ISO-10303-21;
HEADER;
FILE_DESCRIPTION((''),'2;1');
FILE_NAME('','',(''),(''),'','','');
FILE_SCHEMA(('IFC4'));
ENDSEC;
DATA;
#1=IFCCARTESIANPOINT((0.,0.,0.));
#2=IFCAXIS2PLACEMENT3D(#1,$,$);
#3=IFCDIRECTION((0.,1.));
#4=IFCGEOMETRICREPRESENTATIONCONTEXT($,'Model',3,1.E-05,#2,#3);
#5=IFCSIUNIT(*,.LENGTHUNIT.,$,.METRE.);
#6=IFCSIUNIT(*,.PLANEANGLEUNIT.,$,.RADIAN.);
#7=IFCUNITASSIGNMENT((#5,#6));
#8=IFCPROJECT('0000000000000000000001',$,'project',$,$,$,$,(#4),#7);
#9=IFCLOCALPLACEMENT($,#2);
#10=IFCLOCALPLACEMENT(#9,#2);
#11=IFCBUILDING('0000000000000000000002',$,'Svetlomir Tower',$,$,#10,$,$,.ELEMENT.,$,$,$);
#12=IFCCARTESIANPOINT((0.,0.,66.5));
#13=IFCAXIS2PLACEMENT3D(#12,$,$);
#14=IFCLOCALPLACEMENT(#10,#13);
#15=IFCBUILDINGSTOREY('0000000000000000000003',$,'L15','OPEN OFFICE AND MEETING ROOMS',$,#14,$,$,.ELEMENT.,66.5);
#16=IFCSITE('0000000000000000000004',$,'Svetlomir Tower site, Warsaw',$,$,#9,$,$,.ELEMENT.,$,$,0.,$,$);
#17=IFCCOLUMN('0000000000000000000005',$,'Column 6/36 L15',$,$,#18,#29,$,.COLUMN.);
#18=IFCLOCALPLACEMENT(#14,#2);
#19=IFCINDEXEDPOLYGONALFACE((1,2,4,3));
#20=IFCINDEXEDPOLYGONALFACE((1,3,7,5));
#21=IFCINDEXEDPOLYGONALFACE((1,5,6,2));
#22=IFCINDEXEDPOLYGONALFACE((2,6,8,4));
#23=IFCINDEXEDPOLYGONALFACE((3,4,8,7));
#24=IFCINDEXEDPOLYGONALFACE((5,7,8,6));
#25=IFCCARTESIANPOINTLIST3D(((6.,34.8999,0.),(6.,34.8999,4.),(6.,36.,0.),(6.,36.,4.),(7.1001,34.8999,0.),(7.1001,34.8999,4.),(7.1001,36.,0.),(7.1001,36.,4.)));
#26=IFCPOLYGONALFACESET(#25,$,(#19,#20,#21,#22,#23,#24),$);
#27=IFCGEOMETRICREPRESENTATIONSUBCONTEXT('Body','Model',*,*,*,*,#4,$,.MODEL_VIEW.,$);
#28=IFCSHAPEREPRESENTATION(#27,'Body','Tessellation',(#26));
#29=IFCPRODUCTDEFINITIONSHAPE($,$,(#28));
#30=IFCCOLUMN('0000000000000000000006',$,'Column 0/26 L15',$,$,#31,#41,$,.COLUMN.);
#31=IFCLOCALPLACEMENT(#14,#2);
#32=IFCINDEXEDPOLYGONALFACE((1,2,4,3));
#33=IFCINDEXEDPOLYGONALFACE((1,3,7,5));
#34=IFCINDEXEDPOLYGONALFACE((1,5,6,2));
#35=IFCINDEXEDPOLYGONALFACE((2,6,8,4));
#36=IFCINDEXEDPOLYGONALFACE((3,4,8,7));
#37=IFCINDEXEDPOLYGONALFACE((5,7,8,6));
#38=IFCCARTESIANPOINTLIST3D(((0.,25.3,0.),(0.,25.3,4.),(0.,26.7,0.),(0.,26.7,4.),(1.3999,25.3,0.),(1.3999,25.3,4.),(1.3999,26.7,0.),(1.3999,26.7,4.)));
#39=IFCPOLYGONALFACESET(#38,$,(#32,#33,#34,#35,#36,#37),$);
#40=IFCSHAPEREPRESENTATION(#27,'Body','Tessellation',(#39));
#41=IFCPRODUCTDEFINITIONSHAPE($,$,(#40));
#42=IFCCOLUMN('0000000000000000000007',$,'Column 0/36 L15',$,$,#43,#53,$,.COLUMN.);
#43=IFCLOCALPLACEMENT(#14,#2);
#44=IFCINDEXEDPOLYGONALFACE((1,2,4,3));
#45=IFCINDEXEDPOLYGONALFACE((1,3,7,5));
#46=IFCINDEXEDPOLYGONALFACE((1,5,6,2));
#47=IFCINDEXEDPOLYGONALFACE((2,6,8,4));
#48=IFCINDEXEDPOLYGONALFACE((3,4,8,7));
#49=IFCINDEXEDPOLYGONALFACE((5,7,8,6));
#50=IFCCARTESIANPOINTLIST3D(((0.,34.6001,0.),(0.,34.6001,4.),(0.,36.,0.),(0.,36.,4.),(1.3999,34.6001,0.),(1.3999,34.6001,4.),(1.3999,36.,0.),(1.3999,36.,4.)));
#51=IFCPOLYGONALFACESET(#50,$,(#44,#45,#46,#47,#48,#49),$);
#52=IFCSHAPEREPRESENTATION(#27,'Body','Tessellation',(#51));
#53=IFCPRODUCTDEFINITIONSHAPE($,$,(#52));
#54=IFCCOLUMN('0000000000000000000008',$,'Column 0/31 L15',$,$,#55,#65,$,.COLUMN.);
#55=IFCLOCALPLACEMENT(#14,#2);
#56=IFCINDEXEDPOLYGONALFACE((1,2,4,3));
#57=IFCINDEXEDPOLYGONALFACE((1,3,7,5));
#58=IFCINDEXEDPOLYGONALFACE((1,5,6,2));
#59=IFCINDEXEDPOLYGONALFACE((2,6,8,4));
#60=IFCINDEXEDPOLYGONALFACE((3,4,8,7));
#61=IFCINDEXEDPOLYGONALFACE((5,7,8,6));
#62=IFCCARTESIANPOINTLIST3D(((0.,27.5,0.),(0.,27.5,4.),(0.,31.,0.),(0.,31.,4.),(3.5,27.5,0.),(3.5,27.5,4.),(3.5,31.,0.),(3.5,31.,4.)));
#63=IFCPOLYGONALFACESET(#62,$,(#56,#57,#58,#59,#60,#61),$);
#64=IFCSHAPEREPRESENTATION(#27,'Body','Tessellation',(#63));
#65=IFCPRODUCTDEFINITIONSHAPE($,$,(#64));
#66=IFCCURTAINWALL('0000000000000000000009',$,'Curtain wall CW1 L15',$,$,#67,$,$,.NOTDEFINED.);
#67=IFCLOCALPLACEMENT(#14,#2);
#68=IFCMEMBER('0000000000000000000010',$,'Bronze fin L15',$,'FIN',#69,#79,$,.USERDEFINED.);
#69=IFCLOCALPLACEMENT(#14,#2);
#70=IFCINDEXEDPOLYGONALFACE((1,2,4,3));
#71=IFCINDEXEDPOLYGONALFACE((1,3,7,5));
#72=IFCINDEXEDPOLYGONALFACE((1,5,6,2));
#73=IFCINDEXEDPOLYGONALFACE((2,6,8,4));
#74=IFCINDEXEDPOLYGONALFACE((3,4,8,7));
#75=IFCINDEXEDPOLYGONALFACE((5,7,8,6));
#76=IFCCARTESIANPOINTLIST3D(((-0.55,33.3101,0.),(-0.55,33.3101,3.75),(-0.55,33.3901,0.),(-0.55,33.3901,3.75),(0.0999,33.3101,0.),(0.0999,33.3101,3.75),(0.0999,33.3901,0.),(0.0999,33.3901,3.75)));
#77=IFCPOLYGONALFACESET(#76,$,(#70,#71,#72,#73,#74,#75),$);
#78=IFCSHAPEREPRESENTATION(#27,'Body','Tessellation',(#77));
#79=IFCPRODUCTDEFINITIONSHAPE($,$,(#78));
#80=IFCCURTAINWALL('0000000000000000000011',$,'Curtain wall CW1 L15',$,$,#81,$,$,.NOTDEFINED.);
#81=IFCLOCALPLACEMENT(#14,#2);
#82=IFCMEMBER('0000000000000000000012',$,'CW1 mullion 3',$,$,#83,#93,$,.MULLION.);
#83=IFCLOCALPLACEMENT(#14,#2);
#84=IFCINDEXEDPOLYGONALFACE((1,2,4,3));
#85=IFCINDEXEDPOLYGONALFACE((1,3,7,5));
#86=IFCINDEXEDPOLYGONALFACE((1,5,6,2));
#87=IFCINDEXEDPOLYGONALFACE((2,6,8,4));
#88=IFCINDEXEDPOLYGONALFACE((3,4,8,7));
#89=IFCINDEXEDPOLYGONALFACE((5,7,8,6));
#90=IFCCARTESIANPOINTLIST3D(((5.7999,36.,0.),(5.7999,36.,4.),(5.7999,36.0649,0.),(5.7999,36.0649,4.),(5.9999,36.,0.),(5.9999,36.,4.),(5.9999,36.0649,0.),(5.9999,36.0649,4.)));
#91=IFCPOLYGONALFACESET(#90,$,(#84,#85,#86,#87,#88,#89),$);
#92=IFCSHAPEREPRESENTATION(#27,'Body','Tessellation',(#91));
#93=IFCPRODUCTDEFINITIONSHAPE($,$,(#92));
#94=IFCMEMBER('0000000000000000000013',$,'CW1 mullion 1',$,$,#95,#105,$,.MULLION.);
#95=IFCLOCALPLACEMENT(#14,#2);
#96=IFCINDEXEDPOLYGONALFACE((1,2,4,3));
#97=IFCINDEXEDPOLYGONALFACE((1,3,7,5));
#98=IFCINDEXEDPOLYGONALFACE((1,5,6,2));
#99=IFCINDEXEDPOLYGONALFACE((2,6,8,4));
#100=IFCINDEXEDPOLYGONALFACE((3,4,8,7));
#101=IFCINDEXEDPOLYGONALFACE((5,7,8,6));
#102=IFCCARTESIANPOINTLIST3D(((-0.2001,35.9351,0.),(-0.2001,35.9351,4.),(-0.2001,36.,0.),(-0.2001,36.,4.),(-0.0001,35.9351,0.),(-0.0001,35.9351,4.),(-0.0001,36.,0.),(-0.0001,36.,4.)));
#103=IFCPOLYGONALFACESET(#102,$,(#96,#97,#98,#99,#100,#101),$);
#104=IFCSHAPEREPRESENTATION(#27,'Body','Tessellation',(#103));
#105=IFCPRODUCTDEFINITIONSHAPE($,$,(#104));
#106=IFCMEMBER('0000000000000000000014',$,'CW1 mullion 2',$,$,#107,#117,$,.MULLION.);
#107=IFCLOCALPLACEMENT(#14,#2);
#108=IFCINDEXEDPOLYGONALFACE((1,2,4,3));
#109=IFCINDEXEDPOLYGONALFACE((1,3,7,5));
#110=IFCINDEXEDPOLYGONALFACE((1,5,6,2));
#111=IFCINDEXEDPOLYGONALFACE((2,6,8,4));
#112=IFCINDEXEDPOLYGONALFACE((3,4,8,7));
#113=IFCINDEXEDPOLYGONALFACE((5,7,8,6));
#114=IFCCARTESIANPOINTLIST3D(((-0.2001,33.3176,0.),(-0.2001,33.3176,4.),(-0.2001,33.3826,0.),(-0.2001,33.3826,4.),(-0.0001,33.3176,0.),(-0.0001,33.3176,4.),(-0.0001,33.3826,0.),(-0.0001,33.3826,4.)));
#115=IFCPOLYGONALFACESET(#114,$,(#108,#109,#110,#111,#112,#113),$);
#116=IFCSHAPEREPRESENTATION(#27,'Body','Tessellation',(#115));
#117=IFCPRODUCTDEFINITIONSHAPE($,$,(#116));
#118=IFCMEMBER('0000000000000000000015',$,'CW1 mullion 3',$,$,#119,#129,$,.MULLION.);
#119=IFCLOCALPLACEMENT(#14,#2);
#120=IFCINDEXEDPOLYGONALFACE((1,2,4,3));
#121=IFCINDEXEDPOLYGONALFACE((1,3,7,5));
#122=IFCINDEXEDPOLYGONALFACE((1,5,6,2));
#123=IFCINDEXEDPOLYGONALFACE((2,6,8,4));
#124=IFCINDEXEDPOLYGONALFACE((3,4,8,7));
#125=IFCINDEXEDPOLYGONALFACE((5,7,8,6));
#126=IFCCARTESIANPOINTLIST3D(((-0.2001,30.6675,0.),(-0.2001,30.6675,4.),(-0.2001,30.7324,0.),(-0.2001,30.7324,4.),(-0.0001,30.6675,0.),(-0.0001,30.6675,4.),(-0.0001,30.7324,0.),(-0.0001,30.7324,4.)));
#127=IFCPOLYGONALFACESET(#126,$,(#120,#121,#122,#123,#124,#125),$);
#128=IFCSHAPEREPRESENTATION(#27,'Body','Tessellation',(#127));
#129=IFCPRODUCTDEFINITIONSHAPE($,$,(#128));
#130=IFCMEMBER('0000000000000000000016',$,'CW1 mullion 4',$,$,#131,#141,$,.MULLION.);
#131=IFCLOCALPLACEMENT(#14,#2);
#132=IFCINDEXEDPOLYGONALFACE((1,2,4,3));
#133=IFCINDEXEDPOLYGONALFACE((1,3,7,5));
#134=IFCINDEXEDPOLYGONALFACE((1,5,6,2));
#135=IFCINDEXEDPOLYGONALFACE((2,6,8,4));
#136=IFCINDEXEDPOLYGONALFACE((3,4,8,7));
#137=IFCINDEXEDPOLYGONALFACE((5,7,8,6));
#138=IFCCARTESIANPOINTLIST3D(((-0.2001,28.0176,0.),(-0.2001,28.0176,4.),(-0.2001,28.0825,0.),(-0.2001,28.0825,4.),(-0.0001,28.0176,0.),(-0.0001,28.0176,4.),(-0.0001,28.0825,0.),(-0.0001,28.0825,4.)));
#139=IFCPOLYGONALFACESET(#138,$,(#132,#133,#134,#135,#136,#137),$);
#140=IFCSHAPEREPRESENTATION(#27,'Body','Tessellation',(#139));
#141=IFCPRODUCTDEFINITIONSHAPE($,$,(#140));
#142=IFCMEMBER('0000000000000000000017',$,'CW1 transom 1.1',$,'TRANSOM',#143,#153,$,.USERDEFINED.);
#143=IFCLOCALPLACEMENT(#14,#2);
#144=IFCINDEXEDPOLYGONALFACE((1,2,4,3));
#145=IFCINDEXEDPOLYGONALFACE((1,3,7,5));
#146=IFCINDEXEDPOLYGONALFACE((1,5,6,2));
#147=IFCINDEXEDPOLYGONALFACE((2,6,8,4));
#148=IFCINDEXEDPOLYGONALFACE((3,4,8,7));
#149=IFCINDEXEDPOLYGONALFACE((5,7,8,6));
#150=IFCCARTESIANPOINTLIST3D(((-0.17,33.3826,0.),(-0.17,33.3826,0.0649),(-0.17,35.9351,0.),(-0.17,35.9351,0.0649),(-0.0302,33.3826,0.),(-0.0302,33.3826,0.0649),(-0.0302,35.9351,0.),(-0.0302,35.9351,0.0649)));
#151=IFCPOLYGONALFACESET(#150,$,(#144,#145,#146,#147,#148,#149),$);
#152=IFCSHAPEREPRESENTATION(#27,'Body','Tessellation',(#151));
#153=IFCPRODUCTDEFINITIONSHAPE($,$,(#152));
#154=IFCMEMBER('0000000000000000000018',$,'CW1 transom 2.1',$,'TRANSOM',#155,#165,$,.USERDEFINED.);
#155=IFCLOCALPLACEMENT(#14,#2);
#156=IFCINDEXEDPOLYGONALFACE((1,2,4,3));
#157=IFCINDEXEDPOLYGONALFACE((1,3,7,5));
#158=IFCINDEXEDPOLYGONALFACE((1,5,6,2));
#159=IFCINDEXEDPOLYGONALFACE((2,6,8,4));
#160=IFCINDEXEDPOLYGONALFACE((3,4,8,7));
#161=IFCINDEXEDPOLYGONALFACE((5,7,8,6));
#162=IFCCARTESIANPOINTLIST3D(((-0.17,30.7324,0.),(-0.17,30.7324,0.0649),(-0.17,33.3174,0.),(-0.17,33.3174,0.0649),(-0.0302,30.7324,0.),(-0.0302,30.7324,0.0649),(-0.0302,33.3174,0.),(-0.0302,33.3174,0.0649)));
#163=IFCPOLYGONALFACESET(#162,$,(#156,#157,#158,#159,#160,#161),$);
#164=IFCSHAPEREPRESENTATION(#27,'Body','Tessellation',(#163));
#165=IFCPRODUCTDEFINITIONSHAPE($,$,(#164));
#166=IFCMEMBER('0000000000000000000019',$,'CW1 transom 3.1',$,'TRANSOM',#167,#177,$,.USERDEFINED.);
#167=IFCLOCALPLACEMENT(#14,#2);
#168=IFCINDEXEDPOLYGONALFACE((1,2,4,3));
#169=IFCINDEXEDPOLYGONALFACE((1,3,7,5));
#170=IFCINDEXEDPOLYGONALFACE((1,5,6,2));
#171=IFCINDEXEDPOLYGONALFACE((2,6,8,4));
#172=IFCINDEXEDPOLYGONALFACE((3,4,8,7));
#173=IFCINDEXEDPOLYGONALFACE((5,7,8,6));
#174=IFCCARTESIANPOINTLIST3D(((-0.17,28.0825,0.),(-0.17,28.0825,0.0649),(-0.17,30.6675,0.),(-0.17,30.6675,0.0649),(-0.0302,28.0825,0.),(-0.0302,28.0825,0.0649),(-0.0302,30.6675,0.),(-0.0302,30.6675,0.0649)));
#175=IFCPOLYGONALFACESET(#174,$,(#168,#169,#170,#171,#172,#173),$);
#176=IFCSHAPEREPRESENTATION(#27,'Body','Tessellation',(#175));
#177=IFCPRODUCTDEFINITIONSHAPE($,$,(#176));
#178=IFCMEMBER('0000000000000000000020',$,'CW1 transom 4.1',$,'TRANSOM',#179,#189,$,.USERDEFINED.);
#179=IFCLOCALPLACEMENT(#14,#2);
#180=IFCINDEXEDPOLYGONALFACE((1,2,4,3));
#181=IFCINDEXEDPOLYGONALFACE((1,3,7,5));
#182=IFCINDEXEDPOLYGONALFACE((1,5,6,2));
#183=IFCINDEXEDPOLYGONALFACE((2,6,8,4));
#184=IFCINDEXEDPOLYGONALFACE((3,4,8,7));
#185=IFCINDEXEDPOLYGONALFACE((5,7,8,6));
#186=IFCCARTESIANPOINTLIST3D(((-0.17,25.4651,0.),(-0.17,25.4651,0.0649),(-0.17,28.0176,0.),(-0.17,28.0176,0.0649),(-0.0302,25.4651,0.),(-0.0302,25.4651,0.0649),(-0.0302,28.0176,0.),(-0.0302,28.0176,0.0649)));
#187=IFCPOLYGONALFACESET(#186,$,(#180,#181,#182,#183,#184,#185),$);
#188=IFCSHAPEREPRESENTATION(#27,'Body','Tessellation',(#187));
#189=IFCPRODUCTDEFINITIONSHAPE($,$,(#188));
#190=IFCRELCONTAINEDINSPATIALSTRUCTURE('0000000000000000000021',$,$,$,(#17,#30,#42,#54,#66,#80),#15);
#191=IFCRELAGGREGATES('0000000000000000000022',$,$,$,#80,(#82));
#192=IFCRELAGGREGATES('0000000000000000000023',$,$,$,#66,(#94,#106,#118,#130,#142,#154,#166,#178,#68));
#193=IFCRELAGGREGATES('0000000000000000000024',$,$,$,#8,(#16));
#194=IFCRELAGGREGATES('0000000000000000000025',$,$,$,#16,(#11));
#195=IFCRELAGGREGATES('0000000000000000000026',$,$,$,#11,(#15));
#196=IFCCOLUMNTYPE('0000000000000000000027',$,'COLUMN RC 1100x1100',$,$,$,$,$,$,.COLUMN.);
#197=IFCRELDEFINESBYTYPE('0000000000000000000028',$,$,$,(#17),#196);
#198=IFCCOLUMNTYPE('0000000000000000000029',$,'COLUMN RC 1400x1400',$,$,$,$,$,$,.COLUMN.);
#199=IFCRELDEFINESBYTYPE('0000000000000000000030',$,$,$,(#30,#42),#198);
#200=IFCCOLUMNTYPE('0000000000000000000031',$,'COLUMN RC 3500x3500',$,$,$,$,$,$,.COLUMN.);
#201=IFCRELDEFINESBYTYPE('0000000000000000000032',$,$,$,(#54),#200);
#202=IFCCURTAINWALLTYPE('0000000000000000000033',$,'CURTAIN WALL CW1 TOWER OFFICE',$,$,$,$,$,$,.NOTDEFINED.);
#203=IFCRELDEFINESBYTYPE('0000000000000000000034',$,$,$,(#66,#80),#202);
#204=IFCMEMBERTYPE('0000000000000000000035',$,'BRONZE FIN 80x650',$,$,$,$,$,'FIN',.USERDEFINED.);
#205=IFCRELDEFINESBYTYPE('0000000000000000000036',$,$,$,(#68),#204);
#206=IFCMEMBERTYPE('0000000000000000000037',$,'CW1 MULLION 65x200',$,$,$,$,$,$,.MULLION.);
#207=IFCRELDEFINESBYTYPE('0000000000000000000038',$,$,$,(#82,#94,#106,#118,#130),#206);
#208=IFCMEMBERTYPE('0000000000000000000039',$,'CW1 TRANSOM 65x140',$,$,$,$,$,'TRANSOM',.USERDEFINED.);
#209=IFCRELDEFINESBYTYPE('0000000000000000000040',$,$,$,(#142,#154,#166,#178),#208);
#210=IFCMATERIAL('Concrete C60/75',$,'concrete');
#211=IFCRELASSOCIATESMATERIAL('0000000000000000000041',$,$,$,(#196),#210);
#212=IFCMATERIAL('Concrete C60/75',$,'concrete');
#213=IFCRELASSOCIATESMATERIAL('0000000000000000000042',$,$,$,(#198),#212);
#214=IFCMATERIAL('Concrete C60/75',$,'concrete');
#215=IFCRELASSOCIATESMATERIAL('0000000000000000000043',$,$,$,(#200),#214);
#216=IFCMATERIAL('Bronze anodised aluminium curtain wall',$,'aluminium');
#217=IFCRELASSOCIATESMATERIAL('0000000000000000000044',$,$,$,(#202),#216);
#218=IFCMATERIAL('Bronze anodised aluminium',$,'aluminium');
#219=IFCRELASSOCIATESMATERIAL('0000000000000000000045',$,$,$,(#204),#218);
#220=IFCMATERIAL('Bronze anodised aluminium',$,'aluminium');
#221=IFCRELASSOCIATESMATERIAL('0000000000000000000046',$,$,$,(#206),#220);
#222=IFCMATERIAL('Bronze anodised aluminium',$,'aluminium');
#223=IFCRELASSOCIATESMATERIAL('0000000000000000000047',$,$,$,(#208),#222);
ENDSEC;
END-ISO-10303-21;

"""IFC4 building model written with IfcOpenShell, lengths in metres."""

from ifc_helpers import new_model, si_unit, direction, frame, origin, origin_2d, place, context, subcontext, project, spatial, rectangle, extrude, material, material_profile, profile_set, type_object, element, aggregate, save


model = new_model("IFC4")

# Units and contexts
model_context = context("Model", 3, precision=1e-05, world=origin(), true_north=direction((0.0, 1.0)))
body_context = subcontext(model_context, "Body", "Model", "MODEL_VIEW")
ifc_project = project(units=[si_unit("LENGTHUNIT", "METRE"), si_unit("PLANEANGLEUNIT", "RADIAN")], contexts=[model_context])

# Site, building, storey
site_placement = place(None, origin())
site = spatial("IfcSite", under=ifc_project, at=site_placement, Name="Svetlomir Tower site, Warsaw", CompositionType="ELEMENT", RefElevation=0.0)
building_placement = place(site_placement, origin())
building = spatial("IfcBuilding", under=site, at=building_placement, Name="Svetlomir Tower", CompositionType="ELEMENT")
storey_placement = place(building_placement, frame((0.0, 0.0, 66.5)))
storey = spatial("IfcBuildingStorey", under=building, at=storey_placement, Name="L15", Description="OPEN OFFICE AND MEETING ROOMS", CompositionType="ELEMENT", Elevation=66.5)

# Columns
ifc_material_1 = material(Name="Concrete C60/75", Category="concrete")
ifc_material_profile_1 = material_profile(ifc_material_1, rectangle(XDim=1.1001, YDim=1.1001, at=origin_2d()), Name="RC 1100x1100")
ifc_profile_set_1 = profile_set([ifc_material_profile_1], Name="Concrete C60/75")
column_type_1 = type_object("IfcColumnType", Name="COLUMN RC 1100x1100", PredefinedType="COLUMN", material=ifc_profile_set_1)
column_1_placement = place(storey_placement, frame((6.55, 35.45, 0.0), z_axis=(0.0, 0.0, 1.0), x_axis=(1.0, 0.0, 0.0)))
element("IfcColumn", 1, at=column_1_placement, inside=storey, type_object=column_type_1, Name="Column 6/36 L15", PredefinedType="COLUMN", context=body_context, shape_type="SweptSolid", body=[
    extrude(rectangle(XDim=1.1001, YDim=1.1001, at=origin_2d()), origin(), (0.0, 0.0, 1.0), 4.0),
])
ifc_material_2 = material(Name="Concrete C60/75", Category="concrete")
ifc_material_profile_2 = material_profile(ifc_material_2, rectangle(XDim=1.3999, YDim=1.3999, at=origin_2d()), Name="RC 1400x1400")
ifc_profile_set_2 = profile_set([ifc_material_profile_2], Name="Concrete C60/75")
column_type_2 = type_object("IfcColumnType", Name="COLUMN RC 1400x1400", PredefinedType="COLUMN", material=ifc_profile_set_2)
for number, where, z_axis, x_axis, name in (
    (2, (0.7, 26.0, 0.0), (0.0, 0.0, 1.0), (1.0, 0.0, 0.0), "Column 0/26 L15"),
    (3, (0.7, 35.3, 0.0), (0.0, 0.0, 1.0), (1.0, 0.0, 0.0), "Column 0/36 L15"),
):
    element("IfcColumn", number, at=place(storey_placement, frame(where, z_axis=z_axis, x_axis=x_axis)), inside=storey, type_object=column_type_2, Name=name, PredefinedType="COLUMN", context=body_context, shape_type="SweptSolid", body=[
        extrude(rectangle(XDim=1.3999, YDim=1.3999, at=origin_2d()), origin(), (0.0, 0.0, 1.0), 4.0),
    ])
ifc_material_3 = material(Name="Concrete C60/75", Category="concrete")
ifc_material_profile_3 = material_profile(ifc_material_3, rectangle(XDim=3.5, YDim=3.5, at=origin_2d()), Name="RC 3500x3500")
ifc_profile_set_3 = profile_set([ifc_material_profile_3], Name="Concrete C60/75")
column_type_3 = type_object("IfcColumnType", Name="COLUMN RC 3500x3500", PredefinedType="COLUMN", material=ifc_profile_set_3)
column_2_placement = place(storey_placement, frame((1.75, 29.25, 0.0), z_axis=(0.0, 0.0, 1.0), x_axis=(1.0, 0.0, 0.0)))
element("IfcColumn", 4, at=column_2_placement, inside=storey, type_object=column_type_3, Name="Column 0/31 L15", PredefinedType="COLUMN", context=body_context, shape_type="SweptSolid", body=[
    extrude(rectangle(XDim=3.5, YDim=3.5, at=origin_2d()), origin(), (0.0, 0.0, 1.0), 4.0),
])

# Curtain walls, members
ifc_material_4 = material(Name="Bronze anodised aluminium curtain wall", Category="aluminium")
curtain_wall_type = type_object("IfcCurtainWallType", Name="CURTAIN WALL CW1 TOWER OFFICE", PredefinedType="NOTDEFINED", material=ifc_material_4)
curtain_wall_1_placement = place(storey_placement, origin())
curtain_wall_1 = element("IfcCurtainWall", 5, at=curtain_wall_1_placement, inside=storey, type_object=curtain_wall_type, Name="Curtain wall CW1 L15", PredefinedType="NOTDEFINED")
ifc_material_5 = material(Name="Bronze anodised aluminium", Category="aluminium")
ifc_material_profile_4 = material_profile(ifc_material_5, rectangle(XDim=0.0801, YDim=0.6499, at=origin_2d()), Name="FIN 80x650")
ifc_profile_set_4 = profile_set([ifc_material_profile_4], Name="Bronze anodised aluminium 6063-T6")
member_type_1 = type_object("IfcMemberType", Name="BRONZE FIN 80x650", ElementType="FIN", PredefinedType="USERDEFINED", material=ifc_profile_set_4)
member_1_placement = place(storey_placement, frame((-0.2251, 33.3501, 0.0), z_axis=(0.0, 0.0, 1.0), x_axis=(0.0, 1.0, 0.0)))
member_1 = element("IfcMember", 6, at=member_1_placement, type_object=member_type_1, Name="Bronze fin L15", ObjectType="FIN", PredefinedType="USERDEFINED", context=body_context, shape_type="SweptSolid", body=[
    extrude(rectangle(XDim=0.0801, YDim=0.6499, at=origin_2d()), origin(), (0.0, 0.0, 1.0), 3.75),
])
curtain_wall_2_placement = place(storey_placement, origin())
curtain_wall_2 = element("IfcCurtainWall", 7, at=curtain_wall_2_placement, inside=storey, type_object=curtain_wall_type, Name="Curtain wall CW1 L15", PredefinedType="NOTDEFINED")
ifc_material_6 = material(Name="Bronze anodised aluminium", Category="aluminium")
ifc_material_profile_5 = material_profile(ifc_material_6, rectangle(XDim=0.0649, YDim=0.2, at=origin_2d()), Name="AL 65x200")
ifc_profile_set_5 = profile_set([ifc_material_profile_5], Name="Bronze anodised aluminium 6063-T6")
member_type_2 = type_object("IfcMemberType", Name="CW1 MULLION 65x200", PredefinedType="MULLION", material=ifc_profile_set_5)
member_2_placement = place(storey_placement, frame((5.8999, 36.0325, 0.0), z_axis=(0.0, 0.0, 1.0), x_axis=(0.0, -1.0, 0.0)))
member_2 = element("IfcMember", 8, at=member_2_placement, type_object=member_type_2, Name="CW1 mullion 3", PredefinedType="MULLION", context=body_context, shape_type="SweptSolid", body=[
    extrude(rectangle(XDim=0.0649, YDim=0.2, at=origin_2d()), origin(), (0.0, 0.0, 1.0), 4.0),
])
aggregate(curtain_wall_2, [member_2])

# Members
member_3_placement = place(storey_placement, frame((-0.1001, 35.9675, 0.0), z_axis=(0.0, 0.0, 1.0), x_axis=(0.0, -1.0, 0.0)))
member_3 = element("IfcMember", 9, at=member_3_placement, type_object=member_type_2, Name="CW1 mullion 1", PredefinedType="MULLION", context=body_context, shape_type="SweptSolid", body=[
    extrude(rectangle(XDim=0.0649, YDim=0.2, at=origin_2d()), origin(), (0.0, 0.0, 1.0), 4.0),
])
member_4_placement = place(storey_placement, frame((-0.1001, 33.3501, 0.0), z_axis=(0.0, 0.0, 1.0), x_axis=(0.0, -1.0, 0.0)))
member_4 = element("IfcMember", 10, at=member_4_placement, type_object=member_type_2, Name="CW1 mullion 2", PredefinedType="MULLION", context=body_context, shape_type="SweptSolid", body=[
    extrude(rectangle(XDim=0.0649, YDim=0.2, at=origin_2d()), origin(), (0.0, 0.0, 1.0), 4.0),
])
member_5_placement = place(storey_placement, frame((-0.1001, 30.7, 0.0), z_axis=(0.0, 0.0, 1.0), x_axis=(0.0, -1.0, 0.0)))
member_5 = element("IfcMember", 11, at=member_5_placement, type_object=member_type_2, Name="CW1 mullion 3", PredefinedType="MULLION", context=body_context, shape_type="SweptSolid", body=[
    extrude(rectangle(XDim=0.0649, YDim=0.2, at=origin_2d()), origin(), (0.0, 0.0, 1.0), 4.0),
])
member_6_placement = place(storey_placement, frame((-0.1001, 28.05, 0.0), z_axis=(0.0, 0.0, 1.0), x_axis=(0.0, -1.0, 0.0)))
member_6 = element("IfcMember", 12, at=member_6_placement, type_object=member_type_2, Name="CW1 mullion 4", PredefinedType="MULLION", context=body_context, shape_type="SweptSolid", body=[
    extrude(rectangle(XDim=0.0649, YDim=0.2, at=origin_2d()), origin(), (0.0, 0.0, 1.0), 4.0),
])
ifc_material_7 = material(Name="Bronze anodised aluminium", Category="aluminium")
ifc_material_profile_6 = material_profile(ifc_material_7, rectangle(XDim=0.1399, YDim=0.0649, at=origin_2d()), Name="AL 140x65")
ifc_profile_set_6 = profile_set([ifc_material_profile_6], Name="Bronze anodised aluminium 6063-T6")
member_type_3 = type_object("IfcMemberType", Name="CW1 TRANSOM 65x140", ElementType="TRANSOM", PredefinedType="USERDEFINED", material=ifc_profile_set_6)
member_7_placement = place(storey_placement, frame((-0.1001, 35.9351, 0.0325), z_axis=(0.0, -1.0, 0.0), x_axis=(1.0, 0.0, 0.0)))
member_7 = element("IfcMember", 13, at=member_7_placement, type_object=member_type_3, Name="CW1 transom 1.1", ObjectType="TRANSOM", PredefinedType="USERDEFINED", context=body_context, shape_type="SweptSolid", body=[
    extrude(rectangle(XDim=0.1399, YDim=0.0649, at=origin_2d()), origin(), (0.0, 0.0, 1.0), 2.5525),
])
member_8_placement = place(storey_placement, frame((-0.1001, 33.3174, 0.0325), z_axis=(0.0, -1.0, 0.0), x_axis=(1.0, 0.0, 0.0)))
member_8 = element("IfcMember", 14, at=member_8_placement, type_object=member_type_3, Name="CW1 transom 2.1", ObjectType="TRANSOM", PredefinedType="USERDEFINED", context=body_context, shape_type="SweptSolid", body=[
    extrude(rectangle(XDim=0.1399, YDim=0.0649, at=origin_2d()), origin(), (0.0, 0.0, 1.0), 2.585),
])
member_9_placement = place(storey_placement, frame((-0.1001, 30.6675, 0.0325), z_axis=(0.0, -1.0, 0.0), x_axis=(1.0, 0.0, 0.0)))
member_9 = element("IfcMember", 15, at=member_9_placement, type_object=member_type_3, Name="CW1 transom 3.1", ObjectType="TRANSOM", PredefinedType="USERDEFINED", context=body_context, shape_type="SweptSolid", body=[
    extrude(rectangle(XDim=0.1399, YDim=0.0649, at=origin_2d()), origin(), (0.0, 0.0, 1.0), 2.585),
])
member_10_placement = place(storey_placement, frame((-0.1001, 28.0176, 0.0325), z_axis=(0.0, -1.0, 0.0), x_axis=(1.0, 0.0, 0.0)))
member_10 = element("IfcMember", 16, at=member_10_placement, type_object=member_type_3, Name="CW1 transom 4.1", ObjectType="TRANSOM", PredefinedType="USERDEFINED", context=body_context, shape_type="SweptSolid", body=[
    extrude(rectangle(XDim=0.1399, YDim=0.0649, at=origin_2d()), origin(), (0.0, 0.0, 1.0), 2.5525),
])

aggregate(curtain_wall_1, [member_3, member_4, member_5, member_6, member_7, member_8, member_9, member_10, member_1])

save(model, "model.ifc")
